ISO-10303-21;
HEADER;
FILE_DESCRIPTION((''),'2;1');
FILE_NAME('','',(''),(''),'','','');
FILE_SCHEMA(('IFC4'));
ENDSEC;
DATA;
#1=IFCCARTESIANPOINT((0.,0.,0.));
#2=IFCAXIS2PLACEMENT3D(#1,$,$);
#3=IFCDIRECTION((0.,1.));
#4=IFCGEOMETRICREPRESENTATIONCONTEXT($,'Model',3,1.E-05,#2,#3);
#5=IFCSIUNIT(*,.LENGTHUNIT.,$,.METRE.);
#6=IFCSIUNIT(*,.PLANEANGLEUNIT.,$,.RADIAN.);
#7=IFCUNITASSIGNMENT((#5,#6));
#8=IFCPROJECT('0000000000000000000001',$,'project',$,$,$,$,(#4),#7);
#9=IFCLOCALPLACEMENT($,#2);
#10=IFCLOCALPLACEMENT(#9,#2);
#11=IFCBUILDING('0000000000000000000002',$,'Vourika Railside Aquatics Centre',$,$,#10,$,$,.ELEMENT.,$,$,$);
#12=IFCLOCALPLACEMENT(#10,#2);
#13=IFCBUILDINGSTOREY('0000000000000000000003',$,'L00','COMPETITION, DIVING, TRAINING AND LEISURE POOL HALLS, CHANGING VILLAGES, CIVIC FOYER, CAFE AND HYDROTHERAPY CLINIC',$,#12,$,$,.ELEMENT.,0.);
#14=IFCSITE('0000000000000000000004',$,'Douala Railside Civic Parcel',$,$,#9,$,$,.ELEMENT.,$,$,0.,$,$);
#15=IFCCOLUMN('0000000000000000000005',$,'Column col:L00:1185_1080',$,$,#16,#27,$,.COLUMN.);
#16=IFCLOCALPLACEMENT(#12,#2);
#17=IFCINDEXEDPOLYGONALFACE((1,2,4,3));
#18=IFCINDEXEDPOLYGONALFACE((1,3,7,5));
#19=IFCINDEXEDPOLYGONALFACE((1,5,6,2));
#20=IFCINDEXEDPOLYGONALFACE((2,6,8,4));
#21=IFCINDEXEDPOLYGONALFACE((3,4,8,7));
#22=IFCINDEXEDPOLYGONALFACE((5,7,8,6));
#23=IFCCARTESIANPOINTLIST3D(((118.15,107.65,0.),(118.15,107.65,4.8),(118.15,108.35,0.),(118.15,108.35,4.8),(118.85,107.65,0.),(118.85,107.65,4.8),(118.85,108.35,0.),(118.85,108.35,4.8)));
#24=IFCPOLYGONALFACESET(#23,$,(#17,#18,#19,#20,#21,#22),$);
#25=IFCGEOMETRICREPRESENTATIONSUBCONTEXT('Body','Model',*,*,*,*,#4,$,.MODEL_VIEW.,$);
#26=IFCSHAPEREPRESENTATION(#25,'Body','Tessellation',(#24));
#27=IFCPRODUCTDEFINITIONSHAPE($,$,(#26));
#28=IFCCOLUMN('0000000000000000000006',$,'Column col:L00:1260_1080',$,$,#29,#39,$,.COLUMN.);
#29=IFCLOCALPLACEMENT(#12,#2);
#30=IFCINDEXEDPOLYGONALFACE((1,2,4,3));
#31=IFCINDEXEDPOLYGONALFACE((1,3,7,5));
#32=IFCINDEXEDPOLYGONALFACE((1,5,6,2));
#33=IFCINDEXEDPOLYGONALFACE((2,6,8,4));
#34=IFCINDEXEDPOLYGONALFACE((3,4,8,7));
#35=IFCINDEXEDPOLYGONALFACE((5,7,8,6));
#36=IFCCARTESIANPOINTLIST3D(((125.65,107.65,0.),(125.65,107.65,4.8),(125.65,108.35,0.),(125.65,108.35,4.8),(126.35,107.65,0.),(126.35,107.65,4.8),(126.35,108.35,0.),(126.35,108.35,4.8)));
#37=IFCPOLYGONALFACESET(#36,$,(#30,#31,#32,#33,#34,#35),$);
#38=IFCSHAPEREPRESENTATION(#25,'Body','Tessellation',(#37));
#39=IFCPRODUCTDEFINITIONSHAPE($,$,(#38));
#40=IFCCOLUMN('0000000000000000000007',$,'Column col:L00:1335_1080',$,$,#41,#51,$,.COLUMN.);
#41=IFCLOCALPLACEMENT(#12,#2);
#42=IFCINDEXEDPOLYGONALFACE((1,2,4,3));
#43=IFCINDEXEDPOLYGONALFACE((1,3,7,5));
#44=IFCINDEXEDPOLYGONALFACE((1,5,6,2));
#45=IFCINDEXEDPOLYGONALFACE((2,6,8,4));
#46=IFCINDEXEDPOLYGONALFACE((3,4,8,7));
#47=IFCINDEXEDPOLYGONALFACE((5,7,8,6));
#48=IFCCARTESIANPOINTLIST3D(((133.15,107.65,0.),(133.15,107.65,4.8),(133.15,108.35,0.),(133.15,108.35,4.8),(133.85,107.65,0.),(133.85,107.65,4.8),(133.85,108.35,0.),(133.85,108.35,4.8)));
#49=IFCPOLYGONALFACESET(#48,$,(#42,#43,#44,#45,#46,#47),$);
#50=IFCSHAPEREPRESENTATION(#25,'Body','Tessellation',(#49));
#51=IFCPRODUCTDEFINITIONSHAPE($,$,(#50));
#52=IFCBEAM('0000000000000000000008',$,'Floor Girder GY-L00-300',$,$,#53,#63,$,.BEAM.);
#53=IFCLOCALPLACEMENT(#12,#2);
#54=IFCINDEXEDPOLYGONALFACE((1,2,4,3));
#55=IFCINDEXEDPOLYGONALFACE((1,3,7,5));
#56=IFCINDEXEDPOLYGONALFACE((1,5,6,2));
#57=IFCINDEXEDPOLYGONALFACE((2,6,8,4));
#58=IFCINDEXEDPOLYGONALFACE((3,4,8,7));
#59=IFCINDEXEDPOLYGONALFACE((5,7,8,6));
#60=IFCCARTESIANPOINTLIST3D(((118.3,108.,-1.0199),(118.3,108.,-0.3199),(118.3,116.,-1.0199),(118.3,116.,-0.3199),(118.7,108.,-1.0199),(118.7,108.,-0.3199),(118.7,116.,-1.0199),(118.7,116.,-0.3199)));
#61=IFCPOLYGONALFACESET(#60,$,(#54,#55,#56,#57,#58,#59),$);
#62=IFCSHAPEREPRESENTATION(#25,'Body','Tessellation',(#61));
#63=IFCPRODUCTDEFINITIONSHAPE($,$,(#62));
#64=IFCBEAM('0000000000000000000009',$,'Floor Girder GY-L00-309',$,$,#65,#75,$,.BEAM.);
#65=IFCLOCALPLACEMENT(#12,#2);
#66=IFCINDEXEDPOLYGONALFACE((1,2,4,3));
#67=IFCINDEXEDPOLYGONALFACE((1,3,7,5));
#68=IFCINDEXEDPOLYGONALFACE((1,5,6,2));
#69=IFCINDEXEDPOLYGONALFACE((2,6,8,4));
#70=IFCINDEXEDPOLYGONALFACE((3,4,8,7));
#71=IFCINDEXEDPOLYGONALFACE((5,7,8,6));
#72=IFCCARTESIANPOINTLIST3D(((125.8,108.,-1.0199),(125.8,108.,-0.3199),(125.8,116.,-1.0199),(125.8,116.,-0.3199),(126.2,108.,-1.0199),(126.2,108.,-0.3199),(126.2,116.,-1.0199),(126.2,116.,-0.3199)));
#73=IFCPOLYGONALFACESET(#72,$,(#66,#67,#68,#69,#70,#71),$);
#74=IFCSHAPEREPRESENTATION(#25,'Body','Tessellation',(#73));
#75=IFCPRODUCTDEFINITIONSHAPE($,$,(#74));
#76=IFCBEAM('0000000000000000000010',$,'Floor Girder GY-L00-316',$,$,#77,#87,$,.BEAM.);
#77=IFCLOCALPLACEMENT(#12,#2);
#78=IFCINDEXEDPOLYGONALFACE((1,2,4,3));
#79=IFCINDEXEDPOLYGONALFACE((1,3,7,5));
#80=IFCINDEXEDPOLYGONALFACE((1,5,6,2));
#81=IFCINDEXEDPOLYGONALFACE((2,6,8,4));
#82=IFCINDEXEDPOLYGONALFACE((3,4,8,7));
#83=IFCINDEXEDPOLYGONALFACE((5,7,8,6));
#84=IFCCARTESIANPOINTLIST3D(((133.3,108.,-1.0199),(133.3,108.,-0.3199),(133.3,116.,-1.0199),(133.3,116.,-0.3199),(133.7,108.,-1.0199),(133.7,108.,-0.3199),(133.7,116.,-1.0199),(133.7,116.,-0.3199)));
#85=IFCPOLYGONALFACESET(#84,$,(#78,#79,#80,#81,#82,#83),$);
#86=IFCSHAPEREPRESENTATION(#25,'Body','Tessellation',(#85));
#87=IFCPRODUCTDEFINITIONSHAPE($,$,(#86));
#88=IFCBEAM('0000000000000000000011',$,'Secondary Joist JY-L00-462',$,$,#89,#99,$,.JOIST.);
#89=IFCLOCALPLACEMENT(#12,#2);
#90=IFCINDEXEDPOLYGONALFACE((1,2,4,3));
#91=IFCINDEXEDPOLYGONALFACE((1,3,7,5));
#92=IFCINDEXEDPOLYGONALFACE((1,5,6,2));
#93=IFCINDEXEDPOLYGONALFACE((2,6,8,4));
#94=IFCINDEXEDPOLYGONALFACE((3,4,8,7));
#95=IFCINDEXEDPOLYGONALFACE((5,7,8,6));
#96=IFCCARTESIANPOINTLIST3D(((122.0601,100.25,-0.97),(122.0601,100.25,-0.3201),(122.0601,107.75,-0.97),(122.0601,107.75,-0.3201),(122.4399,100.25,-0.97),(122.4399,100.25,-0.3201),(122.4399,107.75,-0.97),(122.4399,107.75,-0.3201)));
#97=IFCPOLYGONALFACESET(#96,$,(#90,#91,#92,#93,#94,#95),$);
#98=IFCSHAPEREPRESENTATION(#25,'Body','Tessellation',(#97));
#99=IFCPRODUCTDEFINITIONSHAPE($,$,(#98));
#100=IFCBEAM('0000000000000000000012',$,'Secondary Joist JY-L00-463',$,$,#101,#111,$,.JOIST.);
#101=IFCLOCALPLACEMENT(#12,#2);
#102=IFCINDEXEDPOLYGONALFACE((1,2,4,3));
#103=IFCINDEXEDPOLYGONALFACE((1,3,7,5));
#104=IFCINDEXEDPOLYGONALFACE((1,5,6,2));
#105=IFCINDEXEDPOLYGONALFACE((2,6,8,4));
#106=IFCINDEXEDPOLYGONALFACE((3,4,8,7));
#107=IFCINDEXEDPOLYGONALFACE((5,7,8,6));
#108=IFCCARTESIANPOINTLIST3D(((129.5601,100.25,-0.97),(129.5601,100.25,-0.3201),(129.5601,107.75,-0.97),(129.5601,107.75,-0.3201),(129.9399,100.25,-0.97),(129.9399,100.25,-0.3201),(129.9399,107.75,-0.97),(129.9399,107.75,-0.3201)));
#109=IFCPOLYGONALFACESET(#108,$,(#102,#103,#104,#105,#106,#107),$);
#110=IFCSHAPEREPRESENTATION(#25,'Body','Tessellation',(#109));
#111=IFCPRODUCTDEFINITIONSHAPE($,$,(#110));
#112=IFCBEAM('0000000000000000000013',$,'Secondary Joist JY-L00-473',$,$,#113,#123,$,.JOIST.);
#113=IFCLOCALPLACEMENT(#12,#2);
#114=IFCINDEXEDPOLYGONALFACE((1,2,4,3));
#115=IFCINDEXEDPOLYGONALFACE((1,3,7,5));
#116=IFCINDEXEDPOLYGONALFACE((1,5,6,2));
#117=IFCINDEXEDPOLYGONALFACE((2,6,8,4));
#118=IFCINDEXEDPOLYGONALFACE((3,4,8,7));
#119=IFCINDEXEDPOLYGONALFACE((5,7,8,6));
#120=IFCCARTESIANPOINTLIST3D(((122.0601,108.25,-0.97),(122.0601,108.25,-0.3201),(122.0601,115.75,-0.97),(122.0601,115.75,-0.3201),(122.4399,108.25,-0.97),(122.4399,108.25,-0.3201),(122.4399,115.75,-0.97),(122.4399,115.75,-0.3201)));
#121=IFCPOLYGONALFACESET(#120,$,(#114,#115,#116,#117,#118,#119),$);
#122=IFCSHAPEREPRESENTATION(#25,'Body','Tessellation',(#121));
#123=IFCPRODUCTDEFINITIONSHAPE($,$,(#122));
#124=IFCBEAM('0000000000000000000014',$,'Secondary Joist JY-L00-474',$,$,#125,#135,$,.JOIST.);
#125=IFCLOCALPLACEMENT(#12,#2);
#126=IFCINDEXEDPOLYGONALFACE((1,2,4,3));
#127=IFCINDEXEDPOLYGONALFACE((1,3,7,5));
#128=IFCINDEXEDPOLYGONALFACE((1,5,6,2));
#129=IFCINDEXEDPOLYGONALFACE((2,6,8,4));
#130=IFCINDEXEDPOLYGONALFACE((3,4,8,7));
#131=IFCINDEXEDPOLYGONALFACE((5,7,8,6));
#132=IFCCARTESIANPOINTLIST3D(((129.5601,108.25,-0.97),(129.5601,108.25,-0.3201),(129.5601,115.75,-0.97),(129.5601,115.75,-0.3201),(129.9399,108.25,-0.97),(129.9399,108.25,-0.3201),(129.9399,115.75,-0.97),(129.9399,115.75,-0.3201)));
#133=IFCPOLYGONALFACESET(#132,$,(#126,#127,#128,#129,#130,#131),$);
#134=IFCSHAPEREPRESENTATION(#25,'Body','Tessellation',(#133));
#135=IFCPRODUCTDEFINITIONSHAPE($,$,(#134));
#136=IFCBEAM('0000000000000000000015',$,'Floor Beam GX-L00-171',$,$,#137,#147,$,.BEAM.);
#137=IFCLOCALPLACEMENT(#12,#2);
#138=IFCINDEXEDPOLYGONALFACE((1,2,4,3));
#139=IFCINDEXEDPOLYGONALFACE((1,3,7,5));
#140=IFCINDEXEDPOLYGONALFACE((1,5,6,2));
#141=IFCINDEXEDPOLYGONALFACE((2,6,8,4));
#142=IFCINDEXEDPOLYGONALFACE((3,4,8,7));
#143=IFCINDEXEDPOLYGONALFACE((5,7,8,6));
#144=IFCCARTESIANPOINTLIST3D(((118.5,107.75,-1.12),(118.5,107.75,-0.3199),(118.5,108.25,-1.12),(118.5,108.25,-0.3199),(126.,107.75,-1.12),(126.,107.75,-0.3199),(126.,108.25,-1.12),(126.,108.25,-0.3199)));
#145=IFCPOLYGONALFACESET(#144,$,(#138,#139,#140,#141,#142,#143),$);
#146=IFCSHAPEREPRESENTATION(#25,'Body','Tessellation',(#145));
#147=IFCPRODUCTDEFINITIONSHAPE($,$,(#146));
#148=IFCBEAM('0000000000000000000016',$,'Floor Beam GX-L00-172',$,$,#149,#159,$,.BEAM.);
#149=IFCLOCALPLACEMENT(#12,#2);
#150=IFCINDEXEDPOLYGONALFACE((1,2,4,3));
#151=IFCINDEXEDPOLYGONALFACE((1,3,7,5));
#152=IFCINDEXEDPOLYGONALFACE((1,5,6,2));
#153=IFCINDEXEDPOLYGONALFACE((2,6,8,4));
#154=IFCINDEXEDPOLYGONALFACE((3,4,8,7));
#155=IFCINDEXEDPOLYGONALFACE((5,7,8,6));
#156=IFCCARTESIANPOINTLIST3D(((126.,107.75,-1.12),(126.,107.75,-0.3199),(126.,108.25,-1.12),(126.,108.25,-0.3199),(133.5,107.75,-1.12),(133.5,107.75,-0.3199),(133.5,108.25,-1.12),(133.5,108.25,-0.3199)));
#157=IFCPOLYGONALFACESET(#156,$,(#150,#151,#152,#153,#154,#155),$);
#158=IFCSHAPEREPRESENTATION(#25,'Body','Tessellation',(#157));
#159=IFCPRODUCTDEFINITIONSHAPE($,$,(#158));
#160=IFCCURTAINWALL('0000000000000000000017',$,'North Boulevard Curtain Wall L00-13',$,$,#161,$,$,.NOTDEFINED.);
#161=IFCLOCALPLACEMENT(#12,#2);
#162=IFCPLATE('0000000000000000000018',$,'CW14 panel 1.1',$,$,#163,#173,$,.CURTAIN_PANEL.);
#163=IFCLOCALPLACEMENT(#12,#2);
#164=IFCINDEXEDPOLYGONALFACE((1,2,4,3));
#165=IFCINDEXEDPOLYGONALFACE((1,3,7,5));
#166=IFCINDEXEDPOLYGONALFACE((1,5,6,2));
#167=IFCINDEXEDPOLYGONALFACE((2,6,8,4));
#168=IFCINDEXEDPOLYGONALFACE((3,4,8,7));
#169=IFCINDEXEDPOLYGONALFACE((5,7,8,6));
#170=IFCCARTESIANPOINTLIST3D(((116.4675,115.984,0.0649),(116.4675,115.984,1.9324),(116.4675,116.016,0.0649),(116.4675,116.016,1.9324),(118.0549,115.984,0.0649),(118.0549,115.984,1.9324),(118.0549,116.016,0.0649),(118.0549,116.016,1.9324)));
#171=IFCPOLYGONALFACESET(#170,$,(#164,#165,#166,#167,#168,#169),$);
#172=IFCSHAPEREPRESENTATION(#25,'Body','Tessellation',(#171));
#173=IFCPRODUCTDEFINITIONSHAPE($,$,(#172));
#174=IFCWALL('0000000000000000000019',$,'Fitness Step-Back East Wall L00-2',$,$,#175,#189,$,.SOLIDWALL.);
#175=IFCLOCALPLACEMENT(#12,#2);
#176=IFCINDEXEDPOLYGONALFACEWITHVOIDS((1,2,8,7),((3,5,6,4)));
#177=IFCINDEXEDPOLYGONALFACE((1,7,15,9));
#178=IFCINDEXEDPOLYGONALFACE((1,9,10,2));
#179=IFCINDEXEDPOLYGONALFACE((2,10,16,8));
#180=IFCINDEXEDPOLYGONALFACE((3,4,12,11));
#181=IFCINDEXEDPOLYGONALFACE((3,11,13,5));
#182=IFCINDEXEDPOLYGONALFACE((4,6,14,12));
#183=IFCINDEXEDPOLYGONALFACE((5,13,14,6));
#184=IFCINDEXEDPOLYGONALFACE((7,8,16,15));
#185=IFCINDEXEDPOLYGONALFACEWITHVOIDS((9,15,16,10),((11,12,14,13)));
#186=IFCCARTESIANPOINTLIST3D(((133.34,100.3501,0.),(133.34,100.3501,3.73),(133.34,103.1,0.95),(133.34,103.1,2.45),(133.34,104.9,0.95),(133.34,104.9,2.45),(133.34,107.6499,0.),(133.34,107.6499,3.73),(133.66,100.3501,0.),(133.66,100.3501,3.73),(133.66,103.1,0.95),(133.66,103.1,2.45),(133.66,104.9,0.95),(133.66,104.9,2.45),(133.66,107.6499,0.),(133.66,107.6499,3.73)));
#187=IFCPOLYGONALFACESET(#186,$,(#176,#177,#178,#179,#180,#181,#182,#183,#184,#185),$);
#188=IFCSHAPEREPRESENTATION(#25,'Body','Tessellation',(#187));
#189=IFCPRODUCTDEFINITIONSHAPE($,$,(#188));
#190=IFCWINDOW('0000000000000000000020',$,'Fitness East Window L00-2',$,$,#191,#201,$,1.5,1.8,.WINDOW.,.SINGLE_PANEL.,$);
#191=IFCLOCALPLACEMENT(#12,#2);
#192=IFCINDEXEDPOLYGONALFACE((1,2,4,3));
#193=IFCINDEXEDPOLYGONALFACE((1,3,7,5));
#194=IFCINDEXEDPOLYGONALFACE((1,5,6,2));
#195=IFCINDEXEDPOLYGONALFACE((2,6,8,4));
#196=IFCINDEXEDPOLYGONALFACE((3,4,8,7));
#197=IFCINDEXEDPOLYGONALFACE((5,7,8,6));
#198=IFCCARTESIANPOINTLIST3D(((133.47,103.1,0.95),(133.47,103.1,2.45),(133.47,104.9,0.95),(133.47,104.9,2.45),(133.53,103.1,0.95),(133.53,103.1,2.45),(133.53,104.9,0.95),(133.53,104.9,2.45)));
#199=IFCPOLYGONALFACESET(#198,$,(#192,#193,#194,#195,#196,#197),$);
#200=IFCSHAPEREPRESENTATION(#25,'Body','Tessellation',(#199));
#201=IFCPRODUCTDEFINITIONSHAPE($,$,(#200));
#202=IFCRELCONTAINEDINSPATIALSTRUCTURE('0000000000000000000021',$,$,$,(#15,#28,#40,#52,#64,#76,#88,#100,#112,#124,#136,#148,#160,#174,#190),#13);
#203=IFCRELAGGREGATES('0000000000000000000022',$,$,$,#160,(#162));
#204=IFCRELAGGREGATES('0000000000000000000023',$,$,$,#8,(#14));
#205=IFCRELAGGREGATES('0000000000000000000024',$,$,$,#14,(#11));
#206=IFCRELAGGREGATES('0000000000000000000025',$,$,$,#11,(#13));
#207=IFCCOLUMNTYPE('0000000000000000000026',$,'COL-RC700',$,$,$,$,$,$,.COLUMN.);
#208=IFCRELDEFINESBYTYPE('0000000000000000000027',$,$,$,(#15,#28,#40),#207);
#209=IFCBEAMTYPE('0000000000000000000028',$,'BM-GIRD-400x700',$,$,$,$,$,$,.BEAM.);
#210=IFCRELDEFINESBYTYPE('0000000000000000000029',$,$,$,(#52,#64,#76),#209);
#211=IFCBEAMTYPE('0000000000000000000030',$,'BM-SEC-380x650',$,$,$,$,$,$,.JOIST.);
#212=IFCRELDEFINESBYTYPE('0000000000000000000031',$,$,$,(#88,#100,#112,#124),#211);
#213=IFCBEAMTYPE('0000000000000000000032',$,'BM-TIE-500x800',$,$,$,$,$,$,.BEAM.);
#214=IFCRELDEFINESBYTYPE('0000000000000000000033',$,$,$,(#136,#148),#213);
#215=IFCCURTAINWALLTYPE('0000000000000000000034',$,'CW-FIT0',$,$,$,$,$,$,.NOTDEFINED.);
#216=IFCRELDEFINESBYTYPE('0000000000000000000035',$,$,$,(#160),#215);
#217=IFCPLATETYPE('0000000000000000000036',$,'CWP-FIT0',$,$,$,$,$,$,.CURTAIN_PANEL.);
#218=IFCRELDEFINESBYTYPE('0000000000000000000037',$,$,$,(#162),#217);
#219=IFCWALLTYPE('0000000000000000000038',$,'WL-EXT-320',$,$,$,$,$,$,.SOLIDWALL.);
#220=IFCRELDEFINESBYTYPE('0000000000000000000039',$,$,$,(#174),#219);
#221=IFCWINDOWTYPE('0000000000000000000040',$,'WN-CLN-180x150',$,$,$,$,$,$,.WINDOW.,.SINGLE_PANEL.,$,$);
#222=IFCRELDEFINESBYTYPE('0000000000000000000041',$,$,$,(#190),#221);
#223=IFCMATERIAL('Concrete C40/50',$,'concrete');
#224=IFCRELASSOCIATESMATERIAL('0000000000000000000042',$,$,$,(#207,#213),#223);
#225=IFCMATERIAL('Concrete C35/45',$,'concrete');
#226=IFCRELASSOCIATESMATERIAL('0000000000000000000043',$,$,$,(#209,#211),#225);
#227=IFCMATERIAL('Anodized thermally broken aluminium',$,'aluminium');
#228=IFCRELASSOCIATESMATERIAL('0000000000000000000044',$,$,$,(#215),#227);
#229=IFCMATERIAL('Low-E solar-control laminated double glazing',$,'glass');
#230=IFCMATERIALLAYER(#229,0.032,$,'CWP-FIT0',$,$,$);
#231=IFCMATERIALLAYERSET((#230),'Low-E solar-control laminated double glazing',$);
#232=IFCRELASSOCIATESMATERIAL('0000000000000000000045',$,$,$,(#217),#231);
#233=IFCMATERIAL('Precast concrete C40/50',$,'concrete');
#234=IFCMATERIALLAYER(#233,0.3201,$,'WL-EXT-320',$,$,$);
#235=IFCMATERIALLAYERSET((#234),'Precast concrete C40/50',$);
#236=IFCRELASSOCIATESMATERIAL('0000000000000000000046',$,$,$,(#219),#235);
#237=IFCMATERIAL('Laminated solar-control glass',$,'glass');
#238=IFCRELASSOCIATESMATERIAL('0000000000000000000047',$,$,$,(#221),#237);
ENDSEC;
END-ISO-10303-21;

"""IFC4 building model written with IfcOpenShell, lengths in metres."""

from ifc_helpers import new_model, si_unit, direction, frame, frame_2d, origin, origin_2d, place, context, subcontext, project, spatial, rectangle, extrude, material, layer, layer_set, material_profile, profile_set, type_object, element, fill, aggregate, save


model = new_model("IFC4")

# Units and contexts
model_context = context("Model", 3, precision=1e-05, world=origin(), true_north=direction((0.0, 1.0)))
body_context = subcontext(model_context, "Body", "Model", "MODEL_VIEW")
ifc_project = project(units=[si_unit("LENGTHUNIT", "METRE"), si_unit("PLANEANGLEUNIT", "RADIAN")], contexts=[model_context])

# Site, building, storey
site_placement = place(None, origin())
site = spatial("IfcSite", under=ifc_project, at=site_placement, Name="Douala Railside Civic Parcel", CompositionType="ELEMENT", RefElevation=0.0)
building_placement = place(site_placement, origin())
building = spatial("IfcBuilding", under=site, at=building_placement, Name="Vourika Railside Aquatics Centre", CompositionType="ELEMENT")
storey_placement = place(building_placement, origin())
storey = spatial("IfcBuildingStorey", under=building, at=storey_placement, Name="L00", Description="COMPETITION, DIVING, TRAINING AND LEISURE POOL HALLS, CHANGING VILLAGES, CIVIC FOYER, CAFE AND HYDROTHERAPY CLINIC", CompositionType="ELEMENT", Elevation=0.0)

# Columns
ifc_material_1 = material(Name="Concrete C40/50", Category="concrete")
ifc_material_profile_1 = material_profile(ifc_material_1, rectangle(XDim=0.7, YDim=0.7, at=origin_2d()), Name="RC 700x700")
ifc_profile_set_1 = profile_set([ifc_material_profile_1], Name="Concrete C40/50")
column_type = type_object("IfcColumnType", Name="COL-RC700", PredefinedType="COLUMN", material=ifc_profile_set_1)
for number, where, z_axis, x_axis, name in (
    (1, (118.5, 108.0, 0.0), (0.0, 0.0, 1.0), (1.0, 0.0, 0.0), "Column col:L00:1185_1080"),
    (2, (126.0, 108.0, 0.0), (0.0, 0.0, 1.0), (1.0, 0.0, 0.0), "Column col:L00:1260_1080"),
    (3, (133.5, 108.0, 0.0), (0.0, 0.0, 1.0), (1.0, 0.0, 0.0), "Column col:L00:1335_1080"),
):
    element("IfcColumn", number, at=place(storey_placement, frame(where, z_axis=z_axis, x_axis=x_axis)), inside=storey, type_object=column_type, Name=name, PredefinedType="COLUMN", context=body_context, shape_type="SweptSolid", body=[
        extrude(rectangle(XDim=0.7, YDim=0.7, at=origin_2d()), origin(), (0.0, 0.0, 1.0), 4.8),
    ])

# Beams
ifc_material_2 = material(Name="Concrete C35/45", Category="concrete")
ifc_material_profile_2 = material_profile(ifc_material_2, rectangle(XDim=0.3999, YDim=0.7, at=origin_2d()), Name="RC 400x700")
ifc_profile_set_2 = profile_set([ifc_material_profile_2], Name="Concrete C35/45")
beam_type_1 = type_object("IfcBeamType", Name="BM-GIRD-400x700", PredefinedType="BEAM", material=ifc_profile_set_2)
for number, where, z_axis, x_axis, name in (
    (4, (118.5, 108.0, -0.6699), (0.0, 1.0, 0.0), (-1.0, 0.0, 0.0), "Floor Girder GY-L00-300"),
    (5, (126.0, 108.0, -0.6699), (0.0, 1.0, 0.0), (-1.0, 0.0, 0.0), "Floor Girder GY-L00-309"),
    (6, (133.5, 108.0, -0.6699), (0.0, 1.0, 0.0), (-1.0, 0.0, 0.0), "Floor Girder GY-L00-316"),
):
    element("IfcBeam", number, at=place(storey_placement, frame(where, z_axis=z_axis, x_axis=x_axis)), inside=storey, type_object=beam_type_1, Name=name, PredefinedType="BEAM", context=body_context, shape_type="SweptSolid", body=[
        extrude(rectangle(XDim=0.3999, YDim=0.7, at=origin_2d()), origin(), (0.0, 0.0, 1.0), 8.0),
    ])
ifc_material_profile_3 = material_profile(ifc_material_2, rectangle(XDim=0.3799, YDim=0.6499, at=origin_2d()), Name="RC 380x650")
ifc_profile_set_3 = profile_set([ifc_material_profile_3], Name="Concrete C35/45")
beam_type_2 = type_object("IfcBeamType", Name="BM-SEC-380x650", PredefinedType="JOIST", material=ifc_profile_set_3)
for number, where, z_axis, x_axis, name in (
    (7, (122.25, 100.25, -0.645), (0.0, 1.0, 0.0), (-1.0, 0.0, 0.0), "Secondary Joist JY-L00-462"),
    (8, (129.75, 100.25, -0.645), (0.0, 1.0, 0.0), (-1.0, 0.0, 0.0), "Secondary Joist JY-L00-463"),
    (9, (122.25, 108.25, -0.645), (0.0, 1.0, 0.0), (-1.0, 0.0, 0.0), "Secondary Joist JY-L00-473"),
    (10, (129.75, 108.25, -0.645), (0.0, 1.0, 0.0), (-1.0, 0.0, 0.0), "Secondary Joist JY-L00-474"),
):
    element("IfcBeam", number, at=place(storey_placement, frame(where, z_axis=z_axis, x_axis=x_axis)), inside=storey, type_object=beam_type_2, Name=name, PredefinedType="JOIST", context=body_context, shape_type="SweptSolid", body=[
        extrude(rectangle(XDim=0.3799, YDim=0.6499, at=origin_2d()), origin(), (0.0, 0.0, 1.0), 7.5),
    ])
ifc_material_profile_4 = material_profile(ifc_material_1, rectangle(XDim=0.5, YDim=0.8, at=origin_2d()), Name="RC 500x800")
ifc_profile_set_4 = profile_set([ifc_material_profile_4], Name="Concrete C40/50")
beam_type_3 = type_object("IfcBeamType", Name="BM-TIE-500x800", PredefinedType="BEAM", material=ifc_profile_set_4)
for number, where, z_axis, x_axis, name in (
    (11, (118.5, 108.0, -0.72), (1.0, 0.0, 0.0), (0.0, 1.0, 0.0), "Floor Beam GX-L00-171"),
    (12, (126.0, 108.0, -0.72), (1.0, 0.0, 0.0), (0.0, 1.0, 0.0), "Floor Beam GX-L00-172"),
):
    element("IfcBeam", number, at=place(storey_placement, frame(where, z_axis=z_axis, x_axis=x_axis)), inside=storey, type_object=beam_type_3, Name=name, PredefinedType="BEAM", context=body_context, shape_type="SweptSolid", body=[
        extrude(rectangle(XDim=0.5, YDim=0.8, at=origin_2d()), origin(), (0.0, 0.0, 1.0), 7.5),
    ])

# Curtain wall, plate
ifc_material_3 = material(Name="Anodized thermally broken aluminium", Category="aluminium")
curtain_wall_type = type_object("IfcCurtainWallType", Name="CW-FIT0", PredefinedType="NOTDEFINED", material=ifc_material_3)
curtain_wall_placement = place(storey_placement, origin())
curtain_wall = element("IfcCurtainWall", 13, at=curtain_wall_placement, inside=storey, type_object=curtain_wall_type, Name="North Boulevard Curtain Wall L00-13", PredefinedType="NOTDEFINED")
ifc_material_4 = material(Name="Low-E solar-control laminated double glazing", Category="glass")
ifc_layer_1 = layer(ifc_material_4, 0.032, Name="CWP-FIT0")
ifc_layer_set_1 = layer_set([ifc_layer_1], Name="Low-E solar-control laminated double glazing")
plate_type = type_object("IfcPlateType", Name="CWP-FIT0", PredefinedType="CURTAIN_PANEL", material=ifc_layer_set_1)
plate_placement = place(storey_placement, frame((117.2612, 116.0, 0.0649), z_axis=(0.0, 0.0, 1.0), x_axis=(-1.0, 0.0, 0.0)))
plate = element("IfcPlate", 14, at=plate_placement, type_object=plate_type, Name="CW14 panel 1.1", PredefinedType="CURTAIN_PANEL", context=body_context, shape_type="SweptSolid", body=[
    extrude(rectangle(XDim=1.5874, YDim=0.032, at=origin_2d()), origin(), (0.0, 0.0, 1.0), 1.8674),
])
aggregate(curtain_wall, [plate])

# Wall, opening, window
ifc_material_5 = material(Name="Precast concrete C40/50", Category="concrete")
ifc_layer_2 = layer(ifc_material_5, 0.3201, Name="WL-EXT-320")
ifc_layer_set_2 = layer_set([ifc_layer_2], Name="Precast concrete C40/50")
wall_type_1 = type_object("IfcWallType", Name="WL-EXT-320", PredefinedType="SOLIDWALL", material=ifc_layer_set_2)
wall_1_placement = place(storey_placement, frame((133.5, 100.3501, 0.0), z_axis=(0.0, 0.0, 1.0), x_axis=(0.0, 1.0, 0.0)))
wall_1 = element("IfcWall", 15, at=wall_1_placement, inside=storey, type_object=wall_type_1, Name="Fitness Step-Back East Wall L00-2", PredefinedType="SOLIDWALL", context=body_context, shape_type="SweptSolid", body=[
    extrude(rectangle(XDim=7.2998, YDim=0.3201, at=frame_2d((3.6499, 0.0))), origin(), (0.0, 0.0, 1.0), 3.73),
])
opening_1_placement = place(wall_1_placement, frame((2.75, 0.0, 0.95)))
opening_1 = element("IfcOpeningElement", 16, at=opening_1_placement, cuts=wall_1, PredefinedType="OPENING", context=body_context, shape_type="SweptSolid", body=[
    extrude(rectangle(XDim=1.8, YDim=1.5, at=frame_2d((0.8999, 0.75))), frame((0.0, 0.1699, 0.0), z_axis=(0.0, -1.0, 0.0), x_axis=(1.0, 0.0, 0.0)), (0.0, 0.0, 1.0), 0.3401),
])
ifc_material_6 = material(Name="Laminated solar-control glass", Category="glass")
window_type = type_object("IfcWindowType", Name="WN-CLN-180x150", PartitioningType="SINGLE_PANEL", PredefinedType="WINDOW", material=ifc_material_6)
window_1_placement = place(opening_1_placement, origin())
window_1 = element("IfcWindow", 17, at=window_1_placement, inside=storey, type_object=window_type, Name="Fitness East Window L00-2", OverallHeight=1.5, OverallWidth=1.8, PartitioningType="SINGLE_PANEL", PredefinedType="WINDOW", context=body_context, shape_type="SweptSolid", body=[
    extrude(rectangle(XDim=1.8, YDim=1.5, at=frame_2d((0.8999, 0.75))), frame((0.0, 0.03, 0.0), z_axis=(0.0, -1.0, 0.0), x_axis=(1.0, 0.0, 0.0)), (0.0, 0.0, 1.0), 0.0601),
])
fill(opening_1, window_1)

save(model, "model.ifc")
